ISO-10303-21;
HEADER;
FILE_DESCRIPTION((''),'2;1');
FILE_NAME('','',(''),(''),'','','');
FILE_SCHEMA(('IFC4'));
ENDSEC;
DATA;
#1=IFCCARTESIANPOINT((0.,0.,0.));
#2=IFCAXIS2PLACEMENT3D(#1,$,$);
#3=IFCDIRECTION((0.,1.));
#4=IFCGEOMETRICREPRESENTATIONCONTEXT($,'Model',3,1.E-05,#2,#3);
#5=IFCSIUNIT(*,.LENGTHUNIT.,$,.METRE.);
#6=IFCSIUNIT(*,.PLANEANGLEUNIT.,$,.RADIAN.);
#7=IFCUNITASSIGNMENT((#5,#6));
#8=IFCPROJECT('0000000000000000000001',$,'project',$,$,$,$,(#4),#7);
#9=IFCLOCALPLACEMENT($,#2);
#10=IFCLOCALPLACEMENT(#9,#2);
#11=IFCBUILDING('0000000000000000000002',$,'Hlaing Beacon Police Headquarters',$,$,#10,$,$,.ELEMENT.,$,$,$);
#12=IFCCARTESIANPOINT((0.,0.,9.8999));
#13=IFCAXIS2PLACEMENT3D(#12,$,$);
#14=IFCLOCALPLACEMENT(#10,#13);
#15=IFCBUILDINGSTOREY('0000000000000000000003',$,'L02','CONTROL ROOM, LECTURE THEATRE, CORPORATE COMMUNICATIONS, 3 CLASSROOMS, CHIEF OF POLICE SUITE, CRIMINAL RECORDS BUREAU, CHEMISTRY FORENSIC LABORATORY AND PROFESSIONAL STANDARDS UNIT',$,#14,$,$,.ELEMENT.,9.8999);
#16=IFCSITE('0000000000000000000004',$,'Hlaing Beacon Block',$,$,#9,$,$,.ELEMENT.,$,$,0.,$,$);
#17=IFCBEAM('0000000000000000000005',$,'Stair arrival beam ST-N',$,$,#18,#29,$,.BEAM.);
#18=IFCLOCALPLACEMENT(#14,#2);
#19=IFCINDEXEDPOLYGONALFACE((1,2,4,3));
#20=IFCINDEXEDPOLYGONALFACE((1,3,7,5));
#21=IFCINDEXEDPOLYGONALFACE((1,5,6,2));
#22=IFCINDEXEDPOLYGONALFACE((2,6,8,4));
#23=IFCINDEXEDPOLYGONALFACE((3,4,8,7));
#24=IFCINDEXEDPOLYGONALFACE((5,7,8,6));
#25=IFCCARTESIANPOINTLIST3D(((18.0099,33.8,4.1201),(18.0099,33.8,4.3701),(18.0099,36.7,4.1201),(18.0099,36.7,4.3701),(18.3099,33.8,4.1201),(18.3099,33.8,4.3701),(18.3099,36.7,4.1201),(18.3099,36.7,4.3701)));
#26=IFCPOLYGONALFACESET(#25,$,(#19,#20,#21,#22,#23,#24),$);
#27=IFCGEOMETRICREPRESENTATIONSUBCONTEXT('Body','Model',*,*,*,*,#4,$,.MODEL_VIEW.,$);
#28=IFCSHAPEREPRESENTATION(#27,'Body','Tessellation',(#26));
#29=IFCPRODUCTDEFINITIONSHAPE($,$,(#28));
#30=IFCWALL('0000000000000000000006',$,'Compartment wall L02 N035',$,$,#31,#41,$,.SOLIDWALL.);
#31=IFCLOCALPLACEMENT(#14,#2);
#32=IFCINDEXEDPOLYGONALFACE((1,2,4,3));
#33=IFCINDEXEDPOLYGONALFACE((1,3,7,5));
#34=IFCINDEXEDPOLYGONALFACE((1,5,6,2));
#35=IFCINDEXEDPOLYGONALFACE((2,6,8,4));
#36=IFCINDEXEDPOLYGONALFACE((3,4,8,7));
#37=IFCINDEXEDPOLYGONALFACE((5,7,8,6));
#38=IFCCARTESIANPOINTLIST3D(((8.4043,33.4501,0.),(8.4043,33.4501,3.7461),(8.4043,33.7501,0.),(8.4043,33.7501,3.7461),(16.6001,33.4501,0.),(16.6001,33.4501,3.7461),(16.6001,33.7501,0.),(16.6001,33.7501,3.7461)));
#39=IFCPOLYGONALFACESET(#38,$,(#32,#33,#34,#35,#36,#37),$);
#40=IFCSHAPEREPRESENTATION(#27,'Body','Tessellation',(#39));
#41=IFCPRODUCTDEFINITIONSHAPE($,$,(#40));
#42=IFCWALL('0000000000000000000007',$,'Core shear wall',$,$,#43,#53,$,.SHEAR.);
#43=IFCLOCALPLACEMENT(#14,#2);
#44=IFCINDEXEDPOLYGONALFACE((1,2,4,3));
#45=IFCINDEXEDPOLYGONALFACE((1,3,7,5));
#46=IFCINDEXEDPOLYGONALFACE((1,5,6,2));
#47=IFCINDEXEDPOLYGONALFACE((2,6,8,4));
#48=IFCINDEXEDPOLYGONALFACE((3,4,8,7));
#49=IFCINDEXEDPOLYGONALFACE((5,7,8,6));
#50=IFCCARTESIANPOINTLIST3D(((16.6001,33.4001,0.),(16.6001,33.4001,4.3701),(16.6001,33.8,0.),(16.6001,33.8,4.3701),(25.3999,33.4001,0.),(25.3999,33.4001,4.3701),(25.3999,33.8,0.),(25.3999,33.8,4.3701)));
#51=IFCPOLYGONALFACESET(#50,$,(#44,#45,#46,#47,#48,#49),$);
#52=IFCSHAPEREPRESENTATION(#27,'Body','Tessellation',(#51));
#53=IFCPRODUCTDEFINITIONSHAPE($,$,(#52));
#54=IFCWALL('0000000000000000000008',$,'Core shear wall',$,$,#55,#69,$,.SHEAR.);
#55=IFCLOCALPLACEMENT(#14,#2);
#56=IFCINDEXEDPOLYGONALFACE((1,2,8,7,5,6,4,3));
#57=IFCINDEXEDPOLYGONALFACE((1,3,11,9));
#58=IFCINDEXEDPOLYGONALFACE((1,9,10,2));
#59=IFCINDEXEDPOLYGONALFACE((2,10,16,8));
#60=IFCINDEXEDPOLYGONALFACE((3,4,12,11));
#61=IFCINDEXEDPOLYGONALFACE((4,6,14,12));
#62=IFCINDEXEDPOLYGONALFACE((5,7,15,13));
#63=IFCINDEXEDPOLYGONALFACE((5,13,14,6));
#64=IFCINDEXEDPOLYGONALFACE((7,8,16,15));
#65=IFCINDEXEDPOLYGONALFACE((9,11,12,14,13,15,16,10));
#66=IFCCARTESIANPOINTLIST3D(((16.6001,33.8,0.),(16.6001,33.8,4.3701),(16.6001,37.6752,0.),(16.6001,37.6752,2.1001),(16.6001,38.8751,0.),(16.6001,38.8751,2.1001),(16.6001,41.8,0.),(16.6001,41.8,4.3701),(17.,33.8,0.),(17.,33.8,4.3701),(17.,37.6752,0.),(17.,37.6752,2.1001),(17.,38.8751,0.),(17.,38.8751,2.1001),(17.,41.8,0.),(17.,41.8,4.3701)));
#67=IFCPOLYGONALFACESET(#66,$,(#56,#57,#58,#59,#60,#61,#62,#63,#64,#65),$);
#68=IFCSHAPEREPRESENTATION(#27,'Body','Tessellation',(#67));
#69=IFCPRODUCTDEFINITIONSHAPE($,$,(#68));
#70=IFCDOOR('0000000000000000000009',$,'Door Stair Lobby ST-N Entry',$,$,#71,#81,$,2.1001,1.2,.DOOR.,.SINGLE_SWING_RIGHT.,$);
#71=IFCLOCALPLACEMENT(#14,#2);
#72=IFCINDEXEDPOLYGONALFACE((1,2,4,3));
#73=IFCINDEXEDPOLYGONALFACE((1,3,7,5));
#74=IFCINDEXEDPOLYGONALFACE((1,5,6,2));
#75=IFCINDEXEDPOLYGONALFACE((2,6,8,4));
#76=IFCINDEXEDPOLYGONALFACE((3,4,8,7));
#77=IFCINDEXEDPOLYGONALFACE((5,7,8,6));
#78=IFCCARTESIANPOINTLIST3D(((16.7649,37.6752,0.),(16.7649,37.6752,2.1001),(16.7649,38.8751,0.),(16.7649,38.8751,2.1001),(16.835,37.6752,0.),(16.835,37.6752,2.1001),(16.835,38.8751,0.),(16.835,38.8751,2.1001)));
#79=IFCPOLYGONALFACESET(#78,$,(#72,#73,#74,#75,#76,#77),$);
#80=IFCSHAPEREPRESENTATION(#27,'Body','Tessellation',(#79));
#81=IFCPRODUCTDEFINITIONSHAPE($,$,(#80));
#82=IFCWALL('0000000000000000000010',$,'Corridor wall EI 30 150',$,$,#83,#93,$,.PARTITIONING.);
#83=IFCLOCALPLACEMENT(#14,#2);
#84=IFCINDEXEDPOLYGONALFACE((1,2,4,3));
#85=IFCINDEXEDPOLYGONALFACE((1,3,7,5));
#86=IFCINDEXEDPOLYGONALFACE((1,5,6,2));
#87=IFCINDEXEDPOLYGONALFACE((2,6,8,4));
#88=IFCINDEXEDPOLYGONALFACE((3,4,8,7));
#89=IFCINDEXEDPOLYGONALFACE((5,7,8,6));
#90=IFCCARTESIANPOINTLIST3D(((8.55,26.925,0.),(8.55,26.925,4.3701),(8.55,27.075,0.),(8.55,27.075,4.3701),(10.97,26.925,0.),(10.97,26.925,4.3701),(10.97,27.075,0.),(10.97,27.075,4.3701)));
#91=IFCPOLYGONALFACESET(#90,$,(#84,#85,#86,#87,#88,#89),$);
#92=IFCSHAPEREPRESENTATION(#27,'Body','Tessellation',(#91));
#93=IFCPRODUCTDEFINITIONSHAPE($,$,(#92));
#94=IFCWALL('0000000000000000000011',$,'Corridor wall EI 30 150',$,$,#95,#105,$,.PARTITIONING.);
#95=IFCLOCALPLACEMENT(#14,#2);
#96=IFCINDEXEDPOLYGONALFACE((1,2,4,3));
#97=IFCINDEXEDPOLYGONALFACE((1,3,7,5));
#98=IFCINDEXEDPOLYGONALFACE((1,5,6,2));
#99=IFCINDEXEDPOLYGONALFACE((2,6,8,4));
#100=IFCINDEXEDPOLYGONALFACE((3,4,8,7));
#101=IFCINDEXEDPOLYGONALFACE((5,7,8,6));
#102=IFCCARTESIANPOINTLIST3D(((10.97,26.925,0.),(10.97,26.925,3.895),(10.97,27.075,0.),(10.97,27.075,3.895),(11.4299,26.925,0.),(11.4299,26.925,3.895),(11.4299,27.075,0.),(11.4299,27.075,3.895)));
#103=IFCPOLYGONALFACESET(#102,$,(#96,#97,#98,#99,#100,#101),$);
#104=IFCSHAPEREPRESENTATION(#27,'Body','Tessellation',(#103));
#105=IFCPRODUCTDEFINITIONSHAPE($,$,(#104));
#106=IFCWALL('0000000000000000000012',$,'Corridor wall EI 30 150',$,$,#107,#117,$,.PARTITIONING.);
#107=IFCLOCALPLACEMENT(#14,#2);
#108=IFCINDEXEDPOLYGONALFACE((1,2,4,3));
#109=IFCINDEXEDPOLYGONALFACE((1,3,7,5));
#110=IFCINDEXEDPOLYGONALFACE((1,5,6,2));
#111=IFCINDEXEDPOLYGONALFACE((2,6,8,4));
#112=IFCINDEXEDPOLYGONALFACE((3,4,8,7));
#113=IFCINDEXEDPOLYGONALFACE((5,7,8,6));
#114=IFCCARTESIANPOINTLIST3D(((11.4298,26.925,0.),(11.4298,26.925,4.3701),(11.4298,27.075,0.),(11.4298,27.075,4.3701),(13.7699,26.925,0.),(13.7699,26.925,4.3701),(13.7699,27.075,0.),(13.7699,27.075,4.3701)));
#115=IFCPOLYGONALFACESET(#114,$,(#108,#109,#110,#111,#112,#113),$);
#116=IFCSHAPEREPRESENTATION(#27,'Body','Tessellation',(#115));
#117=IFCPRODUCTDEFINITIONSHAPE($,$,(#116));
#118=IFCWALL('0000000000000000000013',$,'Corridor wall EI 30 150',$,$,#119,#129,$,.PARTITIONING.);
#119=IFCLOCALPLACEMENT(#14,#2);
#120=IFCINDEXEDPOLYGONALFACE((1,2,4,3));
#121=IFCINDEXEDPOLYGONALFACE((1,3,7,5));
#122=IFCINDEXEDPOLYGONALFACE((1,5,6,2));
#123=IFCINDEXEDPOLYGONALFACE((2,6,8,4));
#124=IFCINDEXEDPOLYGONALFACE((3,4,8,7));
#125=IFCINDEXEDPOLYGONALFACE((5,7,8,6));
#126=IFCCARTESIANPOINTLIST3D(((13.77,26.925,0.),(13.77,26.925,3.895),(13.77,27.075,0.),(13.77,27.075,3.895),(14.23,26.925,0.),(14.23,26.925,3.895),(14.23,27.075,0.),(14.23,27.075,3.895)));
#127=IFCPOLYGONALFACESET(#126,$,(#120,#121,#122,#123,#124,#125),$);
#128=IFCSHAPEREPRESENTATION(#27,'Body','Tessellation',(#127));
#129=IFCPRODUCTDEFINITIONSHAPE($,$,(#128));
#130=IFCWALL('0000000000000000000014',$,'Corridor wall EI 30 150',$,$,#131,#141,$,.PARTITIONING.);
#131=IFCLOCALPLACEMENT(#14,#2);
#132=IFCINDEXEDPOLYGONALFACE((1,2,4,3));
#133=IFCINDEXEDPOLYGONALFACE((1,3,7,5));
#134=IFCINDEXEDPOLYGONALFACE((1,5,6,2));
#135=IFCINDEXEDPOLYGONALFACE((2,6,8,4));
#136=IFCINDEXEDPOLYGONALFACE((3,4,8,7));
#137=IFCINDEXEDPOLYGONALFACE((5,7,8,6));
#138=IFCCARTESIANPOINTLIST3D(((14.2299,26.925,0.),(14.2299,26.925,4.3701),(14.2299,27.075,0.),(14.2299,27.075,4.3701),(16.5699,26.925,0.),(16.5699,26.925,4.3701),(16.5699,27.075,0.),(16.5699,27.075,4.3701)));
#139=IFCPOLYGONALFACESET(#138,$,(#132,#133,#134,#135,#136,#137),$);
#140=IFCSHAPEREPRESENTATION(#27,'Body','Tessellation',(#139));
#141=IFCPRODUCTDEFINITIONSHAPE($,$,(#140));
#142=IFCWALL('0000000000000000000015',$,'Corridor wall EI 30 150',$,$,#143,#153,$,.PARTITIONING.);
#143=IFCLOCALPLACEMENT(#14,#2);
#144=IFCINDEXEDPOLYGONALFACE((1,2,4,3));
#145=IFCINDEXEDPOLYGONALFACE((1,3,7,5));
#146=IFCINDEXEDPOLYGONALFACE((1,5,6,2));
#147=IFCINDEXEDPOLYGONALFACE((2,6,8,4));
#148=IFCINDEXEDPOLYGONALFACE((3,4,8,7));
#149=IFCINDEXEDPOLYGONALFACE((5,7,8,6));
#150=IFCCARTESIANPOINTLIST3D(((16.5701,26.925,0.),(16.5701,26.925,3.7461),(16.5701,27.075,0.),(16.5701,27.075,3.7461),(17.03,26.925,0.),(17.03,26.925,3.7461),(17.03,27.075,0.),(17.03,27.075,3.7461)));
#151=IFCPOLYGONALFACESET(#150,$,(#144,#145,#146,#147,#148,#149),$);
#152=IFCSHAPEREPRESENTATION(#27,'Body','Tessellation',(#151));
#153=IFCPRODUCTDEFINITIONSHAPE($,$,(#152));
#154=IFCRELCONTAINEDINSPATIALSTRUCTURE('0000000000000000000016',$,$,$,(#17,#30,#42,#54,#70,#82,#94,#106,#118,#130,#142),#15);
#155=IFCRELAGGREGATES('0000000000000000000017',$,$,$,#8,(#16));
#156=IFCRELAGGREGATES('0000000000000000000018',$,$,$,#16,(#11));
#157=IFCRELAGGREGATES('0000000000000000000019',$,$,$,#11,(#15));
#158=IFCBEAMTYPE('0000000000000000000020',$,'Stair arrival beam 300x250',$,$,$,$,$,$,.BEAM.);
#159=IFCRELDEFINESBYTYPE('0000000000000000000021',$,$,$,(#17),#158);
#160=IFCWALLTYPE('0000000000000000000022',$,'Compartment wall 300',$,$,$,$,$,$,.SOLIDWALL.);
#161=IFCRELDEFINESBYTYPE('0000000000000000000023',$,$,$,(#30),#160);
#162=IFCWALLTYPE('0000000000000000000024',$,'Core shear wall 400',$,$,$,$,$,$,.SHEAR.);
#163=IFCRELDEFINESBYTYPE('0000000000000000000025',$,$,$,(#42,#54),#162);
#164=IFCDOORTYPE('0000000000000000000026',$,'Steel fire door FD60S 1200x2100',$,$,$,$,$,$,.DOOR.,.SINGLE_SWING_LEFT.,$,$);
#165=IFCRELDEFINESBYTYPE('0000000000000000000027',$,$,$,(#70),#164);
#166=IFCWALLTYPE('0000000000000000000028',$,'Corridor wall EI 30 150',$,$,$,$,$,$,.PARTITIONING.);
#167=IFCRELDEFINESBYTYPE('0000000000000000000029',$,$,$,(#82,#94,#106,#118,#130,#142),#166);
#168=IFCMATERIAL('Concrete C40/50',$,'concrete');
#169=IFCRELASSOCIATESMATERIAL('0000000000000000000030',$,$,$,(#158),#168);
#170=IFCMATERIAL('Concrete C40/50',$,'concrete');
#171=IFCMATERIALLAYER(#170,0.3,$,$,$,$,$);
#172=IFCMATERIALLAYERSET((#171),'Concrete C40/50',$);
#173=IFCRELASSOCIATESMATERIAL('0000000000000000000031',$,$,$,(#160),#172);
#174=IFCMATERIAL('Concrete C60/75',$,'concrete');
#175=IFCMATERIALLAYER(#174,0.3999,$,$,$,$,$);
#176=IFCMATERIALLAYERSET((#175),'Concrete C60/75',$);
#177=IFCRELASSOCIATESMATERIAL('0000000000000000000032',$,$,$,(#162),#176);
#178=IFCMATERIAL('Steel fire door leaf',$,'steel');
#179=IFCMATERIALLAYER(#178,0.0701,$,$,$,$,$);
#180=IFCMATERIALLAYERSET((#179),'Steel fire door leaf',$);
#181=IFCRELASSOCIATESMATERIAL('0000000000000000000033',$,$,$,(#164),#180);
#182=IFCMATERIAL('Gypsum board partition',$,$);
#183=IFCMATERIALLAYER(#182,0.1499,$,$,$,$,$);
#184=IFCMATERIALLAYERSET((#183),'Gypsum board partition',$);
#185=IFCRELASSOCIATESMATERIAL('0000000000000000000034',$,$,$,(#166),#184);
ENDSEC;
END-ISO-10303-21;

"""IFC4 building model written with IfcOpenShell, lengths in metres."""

from ifc_helpers import new_model, si_unit, direction, frame, frame_2d, origin, origin_2d, place, context, subcontext, project, spatial, rectangle, extrude, material, layer, layer_set, material_profile, profile_set, type_object, element, fill, save


model = new_model("IFC4")

# Units and contexts
model_context = context("Model", 3, precision=1e-05, world=origin(), true_north=direction((0.0, 1.0)))
body_context = subcontext(model_context, "Body", "Model", "MODEL_VIEW")
ifc_project = project(units=[si_unit("LENGTHUNIT", "METRE"), si_unit("PLANEANGLEUNIT", "RADIAN")], contexts=[model_context])

# Site, building, storey
site_placement = place(None, origin())
site = spatial("IfcSite", under=ifc_project, at=site_placement, Name="Hlaing Beacon Block", CompositionType="ELEMENT", RefElevation=0.0)
building_placement = place(site_placement, origin())
building = spatial("IfcBuilding", under=site, at=building_placement, Name="Hlaing Beacon Police Headquarters", CompositionType="ELEMENT")
storey_placement = place(building_placement, frame((0.0, 0.0, 9.8999)))
storey = spatial("IfcBuildingStorey", under=building, at=storey_placement, Name="L02", Description="CONTROL ROOM, LECTURE THEATRE, CORPORATE COMMUNICATIONS, 3 CLASSROOMS, CHIEF OF POLICE SUITE, CRIMINAL RECORDS BUREAU, CHEMISTRY FORENSIC LABORATORY AND PROFESSIONAL STANDARDS UNIT", CompositionType="ELEMENT", Elevation=9.8999)

# Beam
ifc_material_1 = material(Name="Concrete C40/50", Category="concrete")
ifc_material_profile_1 = material_profile(ifc_material_1, rectangle(XDim=0.3, YDim=0.25, at=origin_2d()), Name="Stair arrival beam 300x250")
ifc_profile_set_1 = profile_set([ifc_material_profile_1], Name="Concrete C40/50")
beam_type_1 = type_object("IfcBeamType", Name="Stair arrival beam 300x250", PredefinedType="BEAM", material=ifc_profile_set_1)
beam_1_placement = place(storey_placement, frame((18.1599, 33.8, 4.2451), z_axis=(0.0, 1.0, 0.0), x_axis=(-1.0, 0.0, 0.0)))
element("IfcBeam", 1, at=beam_1_placement, inside=storey, type_object=beam_type_1, Name="Stair arrival beam ST-N", PredefinedType="BEAM", context=body_context, shape_type="SweptSolid", body=[
    extrude(rectangle(XDim=0.3, YDim=0.25, at=origin_2d()), origin(), (0.0, 0.0, 1.0), 2.8999),
])

# Walls
ifc_material_2 = material(Name="Concrete C40/50", Category="concrete")
ifc_layer_1 = layer(ifc_material_2, 0.3)
ifc_layer_set_1 = layer_set([ifc_layer_1], Name="Concrete C40/50")
wall_type_1 = type_object("IfcWallType", Name="Compartment wall 300", PredefinedType="SOLIDWALL", material=ifc_layer_set_1)
wall_1_placement = place(storey_placement, frame((16.6001, 33.6001, 0.0), z_axis=(0.0, 0.0, 1.0), x_axis=(-1.0, 0.0, 0.0)))
element("IfcWall", 2, at=wall_1_placement, inside=storey, type_object=wall_type_1, Name="Compartment wall L02 N035", PredefinedType="SOLIDWALL", context=body_context, shape_type="SweptSolid", body=[
    extrude(rectangle(XDim=8.1958, YDim=0.3, at=frame_2d((4.0979, 0.0))), origin(), (0.0, 0.0, 1.0), 3.7461),
])
ifc_material_3 = material(Name="Concrete C60/75", Category="concrete")
ifc_layer_2 = layer(ifc_material_3, 0.3999)
ifc_layer_set_2 = layer_set([ifc_layer_2], Name="Concrete C60/75")
wall_type_2 = type_object("IfcWallType", Name="Core shear wall 400", PredefinedType="SHEAR", material=ifc_layer_set_2)
wall_2_placement = place(storey_placement, frame((16.6001, 33.6001, 0.0), z_axis=(0.0, 0.0, 1.0), x_axis=(1.0, 0.0, 0.0)))
element("IfcWall", 3, at=wall_2_placement, inside=storey, type_object=wall_type_2, Name="Core shear wall", PredefinedType="SHEAR", context=body_context, shape_type="SweptSolid", body=[
    extrude(rectangle(XDim=8.7998, YDim=0.3999, at=frame_2d((4.3999, 0.0))), origin(), (0.0, 0.0, 1.0), 4.3701),
])

# Wall, opening, door
wall_3_placement = place(storey_placement, frame((16.8, 33.8, 0.0), z_axis=(0.0, 0.0, 1.0), x_axis=(0.0, 1.0, 0.0)))
wall_3 = element("IfcWall", 4, at=wall_3_placement, inside=storey, type_object=wall_type_2, Name="Core shear wall", PredefinedType="SHEAR", context=body_context, shape_type="SweptSolid", body=[
    extrude(rectangle(XDim=8.0, YDim=0.3999, at=frame_2d((4.0, 0.0))), origin(), (0.0, 0.0, 1.0), 4.3701),
])
opening_1_placement = place(wall_3_placement, frame((3.875, 0.0, 0.0)))
opening_1 = element("IfcOpeningElement", 5, at=opening_1_placement, cuts=wall_3, PredefinedType="OPENING", context=body_context, shape_type="SweptSolid", body=[
    extrude(rectangle(XDim=1.2, YDim=2.1001, at=frame_2d((0.6001, 1.05))), frame((0.0, 0.21, 0.0), z_axis=(0.0, -1.0, 0.0), x_axis=(1.0, 0.0, 0.0)), (0.0, 0.0, 1.0), 0.4199),
])
ifc_material_4 = material(Name="Steel fire door leaf", Category="steel")
ifc_layer_3 = layer(ifc_material_4, 0.0701)
ifc_layer_set_3 = layer_set([ifc_layer_3], Name="Steel fire door leaf")
door_type_1 = type_object("IfcDoorType", Name="Steel fire door FD60S 1200x2100", OperationType="SINGLE_SWING_LEFT", PredefinedType="DOOR", material=ifc_layer_set_3)
door_1_placement = place(opening_1_placement, frame((1.2, 0.0, 0.0), z_axis=(0.0, 0.0, 1.0), x_axis=(-1.0, 0.0, 0.0)))
door_1 = element("IfcDoor", 6, at=door_1_placement, inside=storey, type_object=door_type_1, Name="Door Stair Lobby ST-N Entry", OperationType="SINGLE_SWING_RIGHT", OverallHeight=2.1001, OverallWidth=1.2, PredefinedType="DOOR", context=body_context, shape_type="SweptSolid", body=[
    extrude(rectangle(XDim=1.2, YDim=2.1001, at=frame_2d((0.5999, 1.05))), frame((0.0, 0.0349, 0.0), z_axis=(0.0, -1.0, 0.0), x_axis=(1.0, 0.0, 0.0)), (0.0, 0.0, 1.0), 0.0701),
])
fill(opening_1, door_1)

# Walls
ifc_material_5 = material(Name="Gypsum board partition")
ifc_layer_4 = layer(ifc_material_5, 0.1499)
ifc_layer_set_4 = layer_set([ifc_layer_4], Name="Gypsum board partition")
wall_type_3 = type_object("IfcWallType", Name="Corridor wall EI 30 150", PredefinedType="PARTITIONING", material=ifc_layer_set_4)
wall_4_placement = place(storey_placement, frame((8.55, 27.0, 0.0), z_axis=(0.0, 0.0, 1.0), x_axis=(1.0, 0.0, 0.0)))
element("IfcWall", 7, at=wall_4_placement, inside=storey, type_object=wall_type_3, Name="Corridor wall EI 30 150", PredefinedType="PARTITIONING", context=body_context, shape_type="SweptSolid", body=[
    extrude(rectangle(XDim=2.4199, YDim=0.1499, at=frame_2d((1.21, 0.0))), origin(), (0.0, 0.0, 1.0), 4.3701),
])
wall_5_placement = place(storey_placement, frame((10.97, 27.0, 0.0), z_axis=(0.0, 0.0, 1.0), x_axis=(1.0, 0.0, 0.0)))
element("IfcWall", 8, at=wall_5_placement, inside=storey, type_object=wall_type_3, Name="Corridor wall EI 30 150", PredefinedType="PARTITIONING", context=body_context, shape_type="SweptSolid", body=[
    extrude(rectangle(XDim=0.46, YDim=0.1499, at=frame_2d((0.23, 0.0))), origin(), (0.0, 0.0, 1.0), 3.895),
])
wall_6_placement = place(storey_placement, frame((11.4299, 27.0, 0.0), z_axis=(0.0, 0.0, 1.0), x_axis=(1.0, 0.0, 0.0)))
element("IfcWall", 9, at=wall_6_placement, inside=storey, type_object=wall_type_3, Name="Corridor wall EI 30 150", PredefinedType="PARTITIONING", context=body_context, shape_type="SweptSolid", body=[
    extrude(rectangle(XDim=2.3401, YDim=0.1499, at=frame_2d((1.1699, 0.0))), origin(), (0.0, 0.0, 1.0), 4.3701),
])
wall_7_placement = place(storey_placement, frame((13.77, 27.0, 0.0), z_axis=(0.0, 0.0, 1.0), x_axis=(1.0, 0.0, 0.0)))
element("IfcWall", 10, at=wall_7_placement, inside=storey, type_object=wall_type_3, Name="Corridor wall EI 30 150", PredefinedType="PARTITIONING", context=body_context, shape_type="SweptSolid", body=[
    extrude(rectangle(XDim=0.46, YDim=0.1499, at=frame_2d((0.23, 0.0))), origin(), (0.0, 0.0, 1.0), 3.895),
])
wall_8_placement = place(storey_placement, frame((14.23, 27.0, 0.0), z_axis=(0.0, 0.0, 1.0), x_axis=(1.0, 0.0, 0.0)))
element("IfcWall", 11, at=wall_8_placement, inside=storey, type_object=wall_type_3, Name="Corridor wall EI 30 150", PredefinedType="PARTITIONING", context=body_context, shape_type="SweptSolid", body=[
    extrude(rectangle(XDim=2.3401, YDim=0.1499, at=frame_2d((1.1699, 0.0))), origin(), (0.0, 0.0, 1.0), 4.3701),
])
wall_9_placement = place(storey_placement, frame((16.5701, 27.0, 0.0), z_axis=(0.0, 0.0, 1.0), x_axis=(1.0, 0.0, 0.0)))
element("IfcWall", 12, at=wall_9_placement, inside=storey, type_object=wall_type_3, Name="Corridor wall EI 30 150", PredefinedType="PARTITIONING", context=body_context, shape_type="SweptSolid", body=[
    extrude(rectangle(XDim=0.46, YDim=0.1499, at=frame_2d((0.23, 0.0))), origin(), (0.0, 0.0, 1.0), 3.7461),
])

save(model, "model.ifc")
